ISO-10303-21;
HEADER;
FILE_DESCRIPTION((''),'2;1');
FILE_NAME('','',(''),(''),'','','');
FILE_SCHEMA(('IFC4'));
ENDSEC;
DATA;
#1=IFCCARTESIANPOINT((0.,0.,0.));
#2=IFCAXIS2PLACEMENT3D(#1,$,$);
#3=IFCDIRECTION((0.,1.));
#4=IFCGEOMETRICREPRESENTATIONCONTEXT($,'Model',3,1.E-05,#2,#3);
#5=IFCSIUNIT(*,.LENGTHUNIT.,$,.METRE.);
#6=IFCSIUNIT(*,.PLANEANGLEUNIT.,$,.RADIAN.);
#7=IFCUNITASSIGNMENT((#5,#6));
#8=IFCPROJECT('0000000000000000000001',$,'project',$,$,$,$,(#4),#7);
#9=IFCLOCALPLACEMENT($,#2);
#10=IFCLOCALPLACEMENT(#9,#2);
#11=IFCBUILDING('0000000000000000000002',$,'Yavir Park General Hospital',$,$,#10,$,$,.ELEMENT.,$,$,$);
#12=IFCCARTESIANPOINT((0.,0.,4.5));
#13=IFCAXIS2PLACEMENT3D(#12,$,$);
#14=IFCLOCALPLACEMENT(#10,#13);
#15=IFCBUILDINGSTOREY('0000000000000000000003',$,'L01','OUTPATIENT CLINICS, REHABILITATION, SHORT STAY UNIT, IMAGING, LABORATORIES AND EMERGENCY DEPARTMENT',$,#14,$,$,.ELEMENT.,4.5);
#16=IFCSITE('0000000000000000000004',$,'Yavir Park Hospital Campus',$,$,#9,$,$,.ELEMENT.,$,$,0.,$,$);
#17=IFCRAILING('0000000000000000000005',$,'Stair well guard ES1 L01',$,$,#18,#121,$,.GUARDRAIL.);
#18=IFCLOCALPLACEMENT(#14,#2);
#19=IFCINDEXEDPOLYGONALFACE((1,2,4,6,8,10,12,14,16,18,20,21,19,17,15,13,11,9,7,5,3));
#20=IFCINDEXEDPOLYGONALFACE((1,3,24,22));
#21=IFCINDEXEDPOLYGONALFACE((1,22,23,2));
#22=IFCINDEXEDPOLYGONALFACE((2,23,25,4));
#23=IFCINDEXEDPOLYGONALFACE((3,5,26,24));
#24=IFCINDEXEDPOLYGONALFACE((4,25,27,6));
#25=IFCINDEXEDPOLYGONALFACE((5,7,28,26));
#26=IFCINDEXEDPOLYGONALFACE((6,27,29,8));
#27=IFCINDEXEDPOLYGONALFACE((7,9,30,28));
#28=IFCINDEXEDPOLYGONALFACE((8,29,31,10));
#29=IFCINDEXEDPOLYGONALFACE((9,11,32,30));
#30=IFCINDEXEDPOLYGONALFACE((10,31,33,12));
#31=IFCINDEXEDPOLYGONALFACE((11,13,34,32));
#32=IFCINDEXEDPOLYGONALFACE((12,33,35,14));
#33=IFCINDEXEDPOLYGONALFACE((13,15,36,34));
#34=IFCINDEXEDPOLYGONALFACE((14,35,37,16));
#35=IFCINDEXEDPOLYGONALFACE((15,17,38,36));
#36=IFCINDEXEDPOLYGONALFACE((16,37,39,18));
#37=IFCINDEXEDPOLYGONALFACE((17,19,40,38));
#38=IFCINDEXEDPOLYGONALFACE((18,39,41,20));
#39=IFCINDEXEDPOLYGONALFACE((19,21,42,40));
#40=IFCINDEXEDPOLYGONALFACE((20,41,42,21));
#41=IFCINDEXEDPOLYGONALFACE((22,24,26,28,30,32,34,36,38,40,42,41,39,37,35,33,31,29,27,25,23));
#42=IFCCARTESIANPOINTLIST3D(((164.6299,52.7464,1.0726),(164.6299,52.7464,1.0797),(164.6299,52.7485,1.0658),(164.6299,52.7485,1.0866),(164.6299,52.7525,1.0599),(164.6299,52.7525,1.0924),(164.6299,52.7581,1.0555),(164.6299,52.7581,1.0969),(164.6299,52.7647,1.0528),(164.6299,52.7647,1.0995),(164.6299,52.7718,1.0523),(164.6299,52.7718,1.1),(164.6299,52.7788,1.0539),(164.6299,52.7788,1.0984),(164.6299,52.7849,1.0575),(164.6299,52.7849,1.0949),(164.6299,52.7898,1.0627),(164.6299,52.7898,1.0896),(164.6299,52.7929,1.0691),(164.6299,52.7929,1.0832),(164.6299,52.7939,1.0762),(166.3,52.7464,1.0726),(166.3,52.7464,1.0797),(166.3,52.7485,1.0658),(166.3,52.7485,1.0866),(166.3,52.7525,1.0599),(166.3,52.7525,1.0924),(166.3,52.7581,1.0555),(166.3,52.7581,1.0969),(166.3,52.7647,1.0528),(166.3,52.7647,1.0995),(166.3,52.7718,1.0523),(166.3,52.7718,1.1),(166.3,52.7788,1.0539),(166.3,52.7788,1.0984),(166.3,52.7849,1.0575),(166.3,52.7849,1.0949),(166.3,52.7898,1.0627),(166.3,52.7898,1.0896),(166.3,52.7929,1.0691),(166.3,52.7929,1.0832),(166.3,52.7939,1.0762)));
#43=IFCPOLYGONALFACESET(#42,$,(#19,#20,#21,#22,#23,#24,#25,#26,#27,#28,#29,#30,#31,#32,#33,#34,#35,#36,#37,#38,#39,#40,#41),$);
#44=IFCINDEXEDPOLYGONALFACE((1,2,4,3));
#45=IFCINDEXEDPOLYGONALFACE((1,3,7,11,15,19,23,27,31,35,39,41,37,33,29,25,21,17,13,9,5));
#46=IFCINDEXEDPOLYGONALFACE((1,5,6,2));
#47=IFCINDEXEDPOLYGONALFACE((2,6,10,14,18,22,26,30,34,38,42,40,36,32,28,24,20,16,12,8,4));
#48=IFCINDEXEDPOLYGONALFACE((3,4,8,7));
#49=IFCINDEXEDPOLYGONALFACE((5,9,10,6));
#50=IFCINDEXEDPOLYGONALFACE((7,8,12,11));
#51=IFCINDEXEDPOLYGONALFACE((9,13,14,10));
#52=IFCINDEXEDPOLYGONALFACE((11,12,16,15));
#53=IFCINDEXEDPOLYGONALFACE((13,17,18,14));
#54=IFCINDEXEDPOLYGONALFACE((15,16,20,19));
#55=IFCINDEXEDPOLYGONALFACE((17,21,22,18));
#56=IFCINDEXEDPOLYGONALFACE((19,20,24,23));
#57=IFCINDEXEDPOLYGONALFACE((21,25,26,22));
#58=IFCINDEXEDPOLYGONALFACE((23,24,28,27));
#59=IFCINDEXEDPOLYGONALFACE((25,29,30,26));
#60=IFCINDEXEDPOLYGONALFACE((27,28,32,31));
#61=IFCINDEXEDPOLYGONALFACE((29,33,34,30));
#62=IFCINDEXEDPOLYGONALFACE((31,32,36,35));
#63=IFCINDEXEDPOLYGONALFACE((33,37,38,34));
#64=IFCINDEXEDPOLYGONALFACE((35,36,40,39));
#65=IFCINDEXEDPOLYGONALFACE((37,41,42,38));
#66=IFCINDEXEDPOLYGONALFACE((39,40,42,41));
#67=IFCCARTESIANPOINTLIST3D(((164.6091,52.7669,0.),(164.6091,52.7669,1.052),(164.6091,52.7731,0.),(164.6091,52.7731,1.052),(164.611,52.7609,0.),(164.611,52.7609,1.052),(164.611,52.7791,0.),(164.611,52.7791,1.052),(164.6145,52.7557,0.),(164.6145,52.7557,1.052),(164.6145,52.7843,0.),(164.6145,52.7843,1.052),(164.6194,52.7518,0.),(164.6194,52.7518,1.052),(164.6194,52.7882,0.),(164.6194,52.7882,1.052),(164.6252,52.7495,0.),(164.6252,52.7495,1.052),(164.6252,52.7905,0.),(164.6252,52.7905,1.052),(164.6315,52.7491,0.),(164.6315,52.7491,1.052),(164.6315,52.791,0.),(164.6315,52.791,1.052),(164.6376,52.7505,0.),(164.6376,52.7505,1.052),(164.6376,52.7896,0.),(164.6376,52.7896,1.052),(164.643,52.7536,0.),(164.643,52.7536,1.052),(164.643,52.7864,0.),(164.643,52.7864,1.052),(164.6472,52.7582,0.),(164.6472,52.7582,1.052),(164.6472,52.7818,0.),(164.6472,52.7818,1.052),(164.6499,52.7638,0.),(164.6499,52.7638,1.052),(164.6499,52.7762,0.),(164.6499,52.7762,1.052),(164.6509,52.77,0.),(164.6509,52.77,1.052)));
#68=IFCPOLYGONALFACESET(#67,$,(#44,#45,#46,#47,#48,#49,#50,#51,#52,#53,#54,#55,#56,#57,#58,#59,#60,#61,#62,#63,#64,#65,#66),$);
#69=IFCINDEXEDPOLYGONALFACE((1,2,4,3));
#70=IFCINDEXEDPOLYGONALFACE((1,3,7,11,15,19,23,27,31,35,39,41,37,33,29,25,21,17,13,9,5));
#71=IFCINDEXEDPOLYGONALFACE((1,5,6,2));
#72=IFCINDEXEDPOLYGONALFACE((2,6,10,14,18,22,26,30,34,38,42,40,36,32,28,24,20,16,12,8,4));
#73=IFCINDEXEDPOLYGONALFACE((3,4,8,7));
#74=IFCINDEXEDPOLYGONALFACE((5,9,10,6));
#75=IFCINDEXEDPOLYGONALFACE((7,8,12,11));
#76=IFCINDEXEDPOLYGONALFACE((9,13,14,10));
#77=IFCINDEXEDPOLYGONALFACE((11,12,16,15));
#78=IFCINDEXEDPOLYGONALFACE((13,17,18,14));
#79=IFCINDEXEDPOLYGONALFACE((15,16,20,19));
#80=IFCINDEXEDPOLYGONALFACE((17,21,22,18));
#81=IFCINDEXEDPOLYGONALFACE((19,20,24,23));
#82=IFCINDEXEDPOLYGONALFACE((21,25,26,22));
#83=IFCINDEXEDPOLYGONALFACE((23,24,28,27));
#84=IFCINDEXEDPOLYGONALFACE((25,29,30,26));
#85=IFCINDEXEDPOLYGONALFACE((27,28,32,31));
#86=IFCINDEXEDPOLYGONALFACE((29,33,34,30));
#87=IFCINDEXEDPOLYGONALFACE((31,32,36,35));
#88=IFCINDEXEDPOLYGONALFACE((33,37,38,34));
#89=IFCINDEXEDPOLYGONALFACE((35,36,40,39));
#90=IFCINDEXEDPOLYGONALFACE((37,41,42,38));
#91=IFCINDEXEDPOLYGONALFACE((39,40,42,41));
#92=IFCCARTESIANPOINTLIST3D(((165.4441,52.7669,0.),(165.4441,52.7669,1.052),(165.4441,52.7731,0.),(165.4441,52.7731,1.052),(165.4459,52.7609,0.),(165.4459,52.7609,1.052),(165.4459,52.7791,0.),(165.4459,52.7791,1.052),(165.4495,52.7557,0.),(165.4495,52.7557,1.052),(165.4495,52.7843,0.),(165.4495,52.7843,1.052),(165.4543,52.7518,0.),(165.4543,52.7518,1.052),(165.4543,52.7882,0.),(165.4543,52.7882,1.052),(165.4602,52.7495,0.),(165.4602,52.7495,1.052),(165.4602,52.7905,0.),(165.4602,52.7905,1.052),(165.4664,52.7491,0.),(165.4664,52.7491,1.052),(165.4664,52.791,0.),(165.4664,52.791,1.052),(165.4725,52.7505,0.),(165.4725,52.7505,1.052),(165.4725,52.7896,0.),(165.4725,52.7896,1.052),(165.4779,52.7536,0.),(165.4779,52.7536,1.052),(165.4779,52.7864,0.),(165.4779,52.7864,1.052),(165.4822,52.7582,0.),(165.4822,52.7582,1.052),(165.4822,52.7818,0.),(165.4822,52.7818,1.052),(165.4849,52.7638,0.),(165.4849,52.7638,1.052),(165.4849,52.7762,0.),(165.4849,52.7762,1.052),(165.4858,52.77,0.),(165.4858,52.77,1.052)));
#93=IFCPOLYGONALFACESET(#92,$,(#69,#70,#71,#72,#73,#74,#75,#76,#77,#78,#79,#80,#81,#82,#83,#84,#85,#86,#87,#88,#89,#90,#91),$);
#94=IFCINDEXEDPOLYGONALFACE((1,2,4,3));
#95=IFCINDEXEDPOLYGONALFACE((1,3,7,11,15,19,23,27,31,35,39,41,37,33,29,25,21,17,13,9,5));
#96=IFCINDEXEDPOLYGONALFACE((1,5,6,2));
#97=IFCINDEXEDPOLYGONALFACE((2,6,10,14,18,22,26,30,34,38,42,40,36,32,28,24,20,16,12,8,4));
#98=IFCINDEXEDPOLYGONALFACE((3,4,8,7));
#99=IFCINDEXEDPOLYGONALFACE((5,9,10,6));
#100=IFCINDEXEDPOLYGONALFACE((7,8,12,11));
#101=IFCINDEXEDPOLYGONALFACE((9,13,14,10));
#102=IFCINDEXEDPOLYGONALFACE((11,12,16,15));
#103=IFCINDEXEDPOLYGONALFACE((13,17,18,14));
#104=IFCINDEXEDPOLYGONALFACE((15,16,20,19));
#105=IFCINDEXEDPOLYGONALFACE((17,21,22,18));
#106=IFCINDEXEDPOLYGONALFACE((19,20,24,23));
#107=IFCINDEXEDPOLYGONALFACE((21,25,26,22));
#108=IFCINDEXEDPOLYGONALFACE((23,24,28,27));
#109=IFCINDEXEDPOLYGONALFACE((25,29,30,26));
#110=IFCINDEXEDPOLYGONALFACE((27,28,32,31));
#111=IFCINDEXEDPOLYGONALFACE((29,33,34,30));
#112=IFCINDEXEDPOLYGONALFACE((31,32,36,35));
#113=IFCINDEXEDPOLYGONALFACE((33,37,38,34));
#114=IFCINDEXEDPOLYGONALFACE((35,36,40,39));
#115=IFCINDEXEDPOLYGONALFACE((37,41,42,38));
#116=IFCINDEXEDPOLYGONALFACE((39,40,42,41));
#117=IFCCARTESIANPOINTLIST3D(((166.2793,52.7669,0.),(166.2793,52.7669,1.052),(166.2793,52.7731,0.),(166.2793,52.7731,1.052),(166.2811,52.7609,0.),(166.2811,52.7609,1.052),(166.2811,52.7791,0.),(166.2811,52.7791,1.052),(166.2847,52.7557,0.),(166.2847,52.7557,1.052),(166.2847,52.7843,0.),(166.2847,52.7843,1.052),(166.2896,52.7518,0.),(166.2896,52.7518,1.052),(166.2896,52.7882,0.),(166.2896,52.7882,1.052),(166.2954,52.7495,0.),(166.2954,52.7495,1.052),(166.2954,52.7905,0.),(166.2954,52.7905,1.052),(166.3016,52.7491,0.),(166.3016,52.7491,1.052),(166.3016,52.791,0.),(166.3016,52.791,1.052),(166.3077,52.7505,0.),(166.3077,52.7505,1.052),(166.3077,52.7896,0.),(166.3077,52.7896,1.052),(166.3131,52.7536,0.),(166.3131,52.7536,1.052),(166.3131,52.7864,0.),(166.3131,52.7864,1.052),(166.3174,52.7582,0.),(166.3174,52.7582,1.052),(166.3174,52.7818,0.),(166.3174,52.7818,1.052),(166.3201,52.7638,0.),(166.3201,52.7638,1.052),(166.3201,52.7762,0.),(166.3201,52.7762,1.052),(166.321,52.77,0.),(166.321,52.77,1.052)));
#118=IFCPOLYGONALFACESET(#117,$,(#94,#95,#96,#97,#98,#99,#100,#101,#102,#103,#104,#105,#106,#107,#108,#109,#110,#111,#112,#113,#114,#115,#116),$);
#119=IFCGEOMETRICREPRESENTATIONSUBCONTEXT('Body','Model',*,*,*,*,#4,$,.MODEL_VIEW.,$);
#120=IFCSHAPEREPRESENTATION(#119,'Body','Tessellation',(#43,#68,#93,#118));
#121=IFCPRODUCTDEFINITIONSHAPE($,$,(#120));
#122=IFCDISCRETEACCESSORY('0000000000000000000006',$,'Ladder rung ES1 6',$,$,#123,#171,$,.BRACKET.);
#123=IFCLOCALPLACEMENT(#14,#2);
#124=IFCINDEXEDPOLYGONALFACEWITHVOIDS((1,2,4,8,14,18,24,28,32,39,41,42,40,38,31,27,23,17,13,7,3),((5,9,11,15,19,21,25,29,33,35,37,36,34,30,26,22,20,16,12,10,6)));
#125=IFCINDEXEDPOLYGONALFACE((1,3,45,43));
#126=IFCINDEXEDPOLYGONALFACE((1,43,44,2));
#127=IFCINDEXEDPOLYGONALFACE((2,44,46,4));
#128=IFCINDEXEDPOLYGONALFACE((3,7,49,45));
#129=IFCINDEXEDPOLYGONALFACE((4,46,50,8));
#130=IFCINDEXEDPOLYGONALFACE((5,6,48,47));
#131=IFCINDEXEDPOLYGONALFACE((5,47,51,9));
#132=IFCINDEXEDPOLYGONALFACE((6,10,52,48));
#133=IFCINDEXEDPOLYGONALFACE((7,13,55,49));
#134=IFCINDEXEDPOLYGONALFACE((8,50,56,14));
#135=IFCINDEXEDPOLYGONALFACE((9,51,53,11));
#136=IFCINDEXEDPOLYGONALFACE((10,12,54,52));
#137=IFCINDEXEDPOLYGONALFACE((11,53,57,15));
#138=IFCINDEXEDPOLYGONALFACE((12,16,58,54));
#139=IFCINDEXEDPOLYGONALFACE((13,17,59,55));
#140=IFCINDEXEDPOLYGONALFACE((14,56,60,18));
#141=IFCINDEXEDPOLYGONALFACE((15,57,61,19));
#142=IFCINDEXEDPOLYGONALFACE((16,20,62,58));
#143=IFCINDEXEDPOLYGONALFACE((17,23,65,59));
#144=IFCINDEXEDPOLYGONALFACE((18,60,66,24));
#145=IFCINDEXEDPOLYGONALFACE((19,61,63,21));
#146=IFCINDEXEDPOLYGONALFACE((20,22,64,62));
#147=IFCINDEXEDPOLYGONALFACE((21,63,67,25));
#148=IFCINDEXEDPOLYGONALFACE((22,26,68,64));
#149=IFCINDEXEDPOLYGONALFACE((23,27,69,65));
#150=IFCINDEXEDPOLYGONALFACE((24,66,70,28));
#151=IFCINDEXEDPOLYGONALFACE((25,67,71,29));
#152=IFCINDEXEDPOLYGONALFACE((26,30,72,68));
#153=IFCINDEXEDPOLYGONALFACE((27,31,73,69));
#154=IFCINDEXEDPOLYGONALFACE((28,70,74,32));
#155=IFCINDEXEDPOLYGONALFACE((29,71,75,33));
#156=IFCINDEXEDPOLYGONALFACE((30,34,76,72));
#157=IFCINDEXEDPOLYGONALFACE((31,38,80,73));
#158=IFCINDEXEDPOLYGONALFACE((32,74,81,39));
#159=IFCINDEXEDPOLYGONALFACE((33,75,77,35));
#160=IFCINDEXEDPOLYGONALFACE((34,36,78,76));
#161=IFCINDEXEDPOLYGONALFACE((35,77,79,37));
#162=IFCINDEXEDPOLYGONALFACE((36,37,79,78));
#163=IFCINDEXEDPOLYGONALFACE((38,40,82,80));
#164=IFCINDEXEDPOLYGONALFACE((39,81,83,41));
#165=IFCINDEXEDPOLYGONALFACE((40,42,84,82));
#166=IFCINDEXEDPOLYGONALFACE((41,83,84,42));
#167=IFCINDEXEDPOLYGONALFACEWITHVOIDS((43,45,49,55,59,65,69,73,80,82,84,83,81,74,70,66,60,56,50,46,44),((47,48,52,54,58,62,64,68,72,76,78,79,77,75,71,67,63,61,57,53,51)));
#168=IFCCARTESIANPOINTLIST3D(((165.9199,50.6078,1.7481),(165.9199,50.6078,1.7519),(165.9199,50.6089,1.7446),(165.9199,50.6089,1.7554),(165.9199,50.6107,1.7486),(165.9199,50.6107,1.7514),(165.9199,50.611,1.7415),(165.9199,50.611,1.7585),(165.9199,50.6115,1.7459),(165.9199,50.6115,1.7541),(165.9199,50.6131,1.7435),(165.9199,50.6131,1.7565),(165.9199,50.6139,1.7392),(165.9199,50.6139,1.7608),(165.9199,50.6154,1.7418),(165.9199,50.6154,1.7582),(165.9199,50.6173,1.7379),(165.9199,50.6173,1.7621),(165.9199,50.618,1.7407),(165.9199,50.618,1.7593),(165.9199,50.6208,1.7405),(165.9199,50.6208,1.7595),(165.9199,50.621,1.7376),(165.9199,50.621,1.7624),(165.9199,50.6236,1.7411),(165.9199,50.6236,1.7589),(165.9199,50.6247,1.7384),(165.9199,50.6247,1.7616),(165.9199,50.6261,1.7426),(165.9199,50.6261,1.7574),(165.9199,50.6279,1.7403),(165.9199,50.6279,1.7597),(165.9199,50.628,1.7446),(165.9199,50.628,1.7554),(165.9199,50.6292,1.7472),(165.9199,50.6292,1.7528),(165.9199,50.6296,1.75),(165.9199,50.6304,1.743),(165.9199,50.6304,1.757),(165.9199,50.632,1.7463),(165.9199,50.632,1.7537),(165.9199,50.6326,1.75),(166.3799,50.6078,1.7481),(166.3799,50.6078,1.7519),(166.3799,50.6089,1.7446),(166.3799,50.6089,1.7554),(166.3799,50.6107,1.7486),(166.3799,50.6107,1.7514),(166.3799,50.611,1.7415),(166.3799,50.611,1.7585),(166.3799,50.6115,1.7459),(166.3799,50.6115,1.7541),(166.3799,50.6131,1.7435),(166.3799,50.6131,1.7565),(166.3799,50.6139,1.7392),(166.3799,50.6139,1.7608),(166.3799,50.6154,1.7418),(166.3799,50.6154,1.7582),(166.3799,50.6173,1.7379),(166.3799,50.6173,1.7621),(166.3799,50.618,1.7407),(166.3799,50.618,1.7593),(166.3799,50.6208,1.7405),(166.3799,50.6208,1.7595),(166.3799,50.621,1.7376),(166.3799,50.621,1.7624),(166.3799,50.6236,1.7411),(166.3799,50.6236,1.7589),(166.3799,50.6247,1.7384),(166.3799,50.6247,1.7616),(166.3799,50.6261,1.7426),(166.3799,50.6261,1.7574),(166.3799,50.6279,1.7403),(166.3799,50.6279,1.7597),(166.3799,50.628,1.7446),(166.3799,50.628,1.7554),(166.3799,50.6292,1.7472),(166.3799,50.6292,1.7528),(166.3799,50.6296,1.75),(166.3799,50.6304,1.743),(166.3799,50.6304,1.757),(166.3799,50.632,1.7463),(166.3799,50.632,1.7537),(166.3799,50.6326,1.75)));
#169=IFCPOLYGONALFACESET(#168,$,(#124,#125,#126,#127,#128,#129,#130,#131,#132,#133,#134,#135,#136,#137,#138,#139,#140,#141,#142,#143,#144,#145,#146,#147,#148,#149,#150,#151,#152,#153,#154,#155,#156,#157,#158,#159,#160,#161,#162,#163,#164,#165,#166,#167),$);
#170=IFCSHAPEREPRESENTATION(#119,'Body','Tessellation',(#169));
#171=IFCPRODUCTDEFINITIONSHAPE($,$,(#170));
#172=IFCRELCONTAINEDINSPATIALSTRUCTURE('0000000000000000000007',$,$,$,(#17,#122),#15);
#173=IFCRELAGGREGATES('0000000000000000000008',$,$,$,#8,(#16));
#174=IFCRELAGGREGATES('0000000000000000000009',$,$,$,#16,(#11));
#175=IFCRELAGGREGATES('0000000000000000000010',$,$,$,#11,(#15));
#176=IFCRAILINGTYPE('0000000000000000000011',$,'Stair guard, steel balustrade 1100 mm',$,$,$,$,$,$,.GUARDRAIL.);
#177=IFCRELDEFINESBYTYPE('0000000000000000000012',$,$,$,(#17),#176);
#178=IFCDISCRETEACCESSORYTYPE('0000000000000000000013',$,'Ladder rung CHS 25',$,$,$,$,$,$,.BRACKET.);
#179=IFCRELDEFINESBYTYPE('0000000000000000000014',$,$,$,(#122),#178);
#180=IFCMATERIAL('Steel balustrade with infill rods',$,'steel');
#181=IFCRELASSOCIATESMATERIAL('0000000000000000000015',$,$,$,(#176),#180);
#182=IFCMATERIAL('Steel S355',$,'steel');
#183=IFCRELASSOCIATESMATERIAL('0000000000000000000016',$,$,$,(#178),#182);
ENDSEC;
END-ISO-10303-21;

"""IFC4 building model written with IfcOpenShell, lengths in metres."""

from ifc_helpers import new_model, si_unit, direction, frame, origin, origin_2d, place, context, subcontext, project, spatial, circle, hollow_circle, extrude, material, material_profile, profile_set, type_object, element, save


model = new_model("IFC4")

# Units and contexts
model_context = context("Model", 3, precision=1e-05, world=origin(), true_north=direction((0.0, 1.0)))
body_context = subcontext(model_context, "Body", "Model", "MODEL_VIEW")
ifc_project = project(units=[si_unit("LENGTHUNIT", "METRE"), si_unit("PLANEANGLEUNIT", "RADIAN")], contexts=[model_context])

# Site, building, storey
site_placement = place(None, origin())
site = spatial("IfcSite", under=ifc_project, at=site_placement, Name="Yavir Park Hospital Campus", CompositionType="ELEMENT", RefElevation=0.0)
building_placement = place(site_placement, origin())
building = spatial("IfcBuilding", under=site, at=building_placement, Name="Yavir Park General Hospital", CompositionType="ELEMENT")
storey_placement = place(building_placement, frame((0.0, 0.0, 4.5)))
storey = spatial("IfcBuildingStorey", under=building, at=storey_placement, Name="L01", Description="OUTPATIENT CLINICS, REHABILITATION, SHORT STAY UNIT, IMAGING, LABORATORIES AND EMERGENCY DEPARTMENT", CompositionType="ELEMENT", Elevation=4.5)

# Railing
ifc_material_1 = material(Name="Steel balustrade with infill rods", Category="steel")
railing_type = type_object("IfcRailingType", Name="Stair guard, steel balustrade 1100 mm", PredefinedType="GUARDRAIL", material=ifc_material_1)
railing_placement = place(storey_placement, frame((164.6299, 52.77, 0.0)))
element("IfcRailing", 1, at=railing_placement, inside=storey, type_object=railing_type, Name="Stair well guard ES1 L01", PredefinedType="GUARDRAIL", context=body_context, shape_type="SweptSolid", body=[
    extrude(circle(Radius=0.0239, at=origin_2d()), frame((0.0, 0.0, 1.0762), z_axis=(1.0, 0.0, 0.0), x_axis=(0.0, 1.0, 0.0)), (0.0, 0.0, 1.0), 1.6702),
    extrude(circle(Radius=0.021, at=origin_2d()), origin(), (0.0, 0.0, 1.0), 1.052),
    extrude(circle(Radius=0.021, at=origin_2d()), frame((0.835, 0.0, 0.0)), (0.0, 0.0, 1.0), 1.052),
    extrude(circle(Radius=0.021, at=origin_2d()), frame((1.6702, 0.0, 0.0)), (0.0, 0.0, 1.0), 1.052),
])

# Discrete accessory
ifc_material_2 = material(Name="Steel S355", Category="steel")
ifc_material_profile_1 = material_profile(ifc_material_2, hollow_circle(Radius=0.0125, WallThickness=0.0029, at=origin_2d()), Name="CHS25x3")
ifc_profile_set_1 = profile_set([ifc_material_profile_1], Name="Steel S355")
discrete_accessory_type_1 = type_object("IfcDiscreteAccessoryType", Name="Ladder rung CHS 25", PredefinedType="BRACKET", material=ifc_profile_set_1)
for number, where, z_axis, x_axis, name in (
    (2, (165.9199, 50.6201, 1.75), (1.0, 0.0, 0.0), (0.0, 1.0, 0.0), "Ladder rung ES1 6"),
):
    element("IfcDiscreteAccessory", number, at=place(storey_placement, frame(where, z_axis=z_axis, x_axis=x_axis)), inside=storey, type_object=discrete_accessory_type_1, Name=name, PredefinedType="BRACKET", context=body_context, shape_type="SweptSolid", body=[
        extrude(hollow_circle(Radius=0.0125, WallThickness=0.0029, at=origin_2d()), origin(), (0.0, 0.0, 1.0), 0.46),
    ])

save(model, "model.ifc")
